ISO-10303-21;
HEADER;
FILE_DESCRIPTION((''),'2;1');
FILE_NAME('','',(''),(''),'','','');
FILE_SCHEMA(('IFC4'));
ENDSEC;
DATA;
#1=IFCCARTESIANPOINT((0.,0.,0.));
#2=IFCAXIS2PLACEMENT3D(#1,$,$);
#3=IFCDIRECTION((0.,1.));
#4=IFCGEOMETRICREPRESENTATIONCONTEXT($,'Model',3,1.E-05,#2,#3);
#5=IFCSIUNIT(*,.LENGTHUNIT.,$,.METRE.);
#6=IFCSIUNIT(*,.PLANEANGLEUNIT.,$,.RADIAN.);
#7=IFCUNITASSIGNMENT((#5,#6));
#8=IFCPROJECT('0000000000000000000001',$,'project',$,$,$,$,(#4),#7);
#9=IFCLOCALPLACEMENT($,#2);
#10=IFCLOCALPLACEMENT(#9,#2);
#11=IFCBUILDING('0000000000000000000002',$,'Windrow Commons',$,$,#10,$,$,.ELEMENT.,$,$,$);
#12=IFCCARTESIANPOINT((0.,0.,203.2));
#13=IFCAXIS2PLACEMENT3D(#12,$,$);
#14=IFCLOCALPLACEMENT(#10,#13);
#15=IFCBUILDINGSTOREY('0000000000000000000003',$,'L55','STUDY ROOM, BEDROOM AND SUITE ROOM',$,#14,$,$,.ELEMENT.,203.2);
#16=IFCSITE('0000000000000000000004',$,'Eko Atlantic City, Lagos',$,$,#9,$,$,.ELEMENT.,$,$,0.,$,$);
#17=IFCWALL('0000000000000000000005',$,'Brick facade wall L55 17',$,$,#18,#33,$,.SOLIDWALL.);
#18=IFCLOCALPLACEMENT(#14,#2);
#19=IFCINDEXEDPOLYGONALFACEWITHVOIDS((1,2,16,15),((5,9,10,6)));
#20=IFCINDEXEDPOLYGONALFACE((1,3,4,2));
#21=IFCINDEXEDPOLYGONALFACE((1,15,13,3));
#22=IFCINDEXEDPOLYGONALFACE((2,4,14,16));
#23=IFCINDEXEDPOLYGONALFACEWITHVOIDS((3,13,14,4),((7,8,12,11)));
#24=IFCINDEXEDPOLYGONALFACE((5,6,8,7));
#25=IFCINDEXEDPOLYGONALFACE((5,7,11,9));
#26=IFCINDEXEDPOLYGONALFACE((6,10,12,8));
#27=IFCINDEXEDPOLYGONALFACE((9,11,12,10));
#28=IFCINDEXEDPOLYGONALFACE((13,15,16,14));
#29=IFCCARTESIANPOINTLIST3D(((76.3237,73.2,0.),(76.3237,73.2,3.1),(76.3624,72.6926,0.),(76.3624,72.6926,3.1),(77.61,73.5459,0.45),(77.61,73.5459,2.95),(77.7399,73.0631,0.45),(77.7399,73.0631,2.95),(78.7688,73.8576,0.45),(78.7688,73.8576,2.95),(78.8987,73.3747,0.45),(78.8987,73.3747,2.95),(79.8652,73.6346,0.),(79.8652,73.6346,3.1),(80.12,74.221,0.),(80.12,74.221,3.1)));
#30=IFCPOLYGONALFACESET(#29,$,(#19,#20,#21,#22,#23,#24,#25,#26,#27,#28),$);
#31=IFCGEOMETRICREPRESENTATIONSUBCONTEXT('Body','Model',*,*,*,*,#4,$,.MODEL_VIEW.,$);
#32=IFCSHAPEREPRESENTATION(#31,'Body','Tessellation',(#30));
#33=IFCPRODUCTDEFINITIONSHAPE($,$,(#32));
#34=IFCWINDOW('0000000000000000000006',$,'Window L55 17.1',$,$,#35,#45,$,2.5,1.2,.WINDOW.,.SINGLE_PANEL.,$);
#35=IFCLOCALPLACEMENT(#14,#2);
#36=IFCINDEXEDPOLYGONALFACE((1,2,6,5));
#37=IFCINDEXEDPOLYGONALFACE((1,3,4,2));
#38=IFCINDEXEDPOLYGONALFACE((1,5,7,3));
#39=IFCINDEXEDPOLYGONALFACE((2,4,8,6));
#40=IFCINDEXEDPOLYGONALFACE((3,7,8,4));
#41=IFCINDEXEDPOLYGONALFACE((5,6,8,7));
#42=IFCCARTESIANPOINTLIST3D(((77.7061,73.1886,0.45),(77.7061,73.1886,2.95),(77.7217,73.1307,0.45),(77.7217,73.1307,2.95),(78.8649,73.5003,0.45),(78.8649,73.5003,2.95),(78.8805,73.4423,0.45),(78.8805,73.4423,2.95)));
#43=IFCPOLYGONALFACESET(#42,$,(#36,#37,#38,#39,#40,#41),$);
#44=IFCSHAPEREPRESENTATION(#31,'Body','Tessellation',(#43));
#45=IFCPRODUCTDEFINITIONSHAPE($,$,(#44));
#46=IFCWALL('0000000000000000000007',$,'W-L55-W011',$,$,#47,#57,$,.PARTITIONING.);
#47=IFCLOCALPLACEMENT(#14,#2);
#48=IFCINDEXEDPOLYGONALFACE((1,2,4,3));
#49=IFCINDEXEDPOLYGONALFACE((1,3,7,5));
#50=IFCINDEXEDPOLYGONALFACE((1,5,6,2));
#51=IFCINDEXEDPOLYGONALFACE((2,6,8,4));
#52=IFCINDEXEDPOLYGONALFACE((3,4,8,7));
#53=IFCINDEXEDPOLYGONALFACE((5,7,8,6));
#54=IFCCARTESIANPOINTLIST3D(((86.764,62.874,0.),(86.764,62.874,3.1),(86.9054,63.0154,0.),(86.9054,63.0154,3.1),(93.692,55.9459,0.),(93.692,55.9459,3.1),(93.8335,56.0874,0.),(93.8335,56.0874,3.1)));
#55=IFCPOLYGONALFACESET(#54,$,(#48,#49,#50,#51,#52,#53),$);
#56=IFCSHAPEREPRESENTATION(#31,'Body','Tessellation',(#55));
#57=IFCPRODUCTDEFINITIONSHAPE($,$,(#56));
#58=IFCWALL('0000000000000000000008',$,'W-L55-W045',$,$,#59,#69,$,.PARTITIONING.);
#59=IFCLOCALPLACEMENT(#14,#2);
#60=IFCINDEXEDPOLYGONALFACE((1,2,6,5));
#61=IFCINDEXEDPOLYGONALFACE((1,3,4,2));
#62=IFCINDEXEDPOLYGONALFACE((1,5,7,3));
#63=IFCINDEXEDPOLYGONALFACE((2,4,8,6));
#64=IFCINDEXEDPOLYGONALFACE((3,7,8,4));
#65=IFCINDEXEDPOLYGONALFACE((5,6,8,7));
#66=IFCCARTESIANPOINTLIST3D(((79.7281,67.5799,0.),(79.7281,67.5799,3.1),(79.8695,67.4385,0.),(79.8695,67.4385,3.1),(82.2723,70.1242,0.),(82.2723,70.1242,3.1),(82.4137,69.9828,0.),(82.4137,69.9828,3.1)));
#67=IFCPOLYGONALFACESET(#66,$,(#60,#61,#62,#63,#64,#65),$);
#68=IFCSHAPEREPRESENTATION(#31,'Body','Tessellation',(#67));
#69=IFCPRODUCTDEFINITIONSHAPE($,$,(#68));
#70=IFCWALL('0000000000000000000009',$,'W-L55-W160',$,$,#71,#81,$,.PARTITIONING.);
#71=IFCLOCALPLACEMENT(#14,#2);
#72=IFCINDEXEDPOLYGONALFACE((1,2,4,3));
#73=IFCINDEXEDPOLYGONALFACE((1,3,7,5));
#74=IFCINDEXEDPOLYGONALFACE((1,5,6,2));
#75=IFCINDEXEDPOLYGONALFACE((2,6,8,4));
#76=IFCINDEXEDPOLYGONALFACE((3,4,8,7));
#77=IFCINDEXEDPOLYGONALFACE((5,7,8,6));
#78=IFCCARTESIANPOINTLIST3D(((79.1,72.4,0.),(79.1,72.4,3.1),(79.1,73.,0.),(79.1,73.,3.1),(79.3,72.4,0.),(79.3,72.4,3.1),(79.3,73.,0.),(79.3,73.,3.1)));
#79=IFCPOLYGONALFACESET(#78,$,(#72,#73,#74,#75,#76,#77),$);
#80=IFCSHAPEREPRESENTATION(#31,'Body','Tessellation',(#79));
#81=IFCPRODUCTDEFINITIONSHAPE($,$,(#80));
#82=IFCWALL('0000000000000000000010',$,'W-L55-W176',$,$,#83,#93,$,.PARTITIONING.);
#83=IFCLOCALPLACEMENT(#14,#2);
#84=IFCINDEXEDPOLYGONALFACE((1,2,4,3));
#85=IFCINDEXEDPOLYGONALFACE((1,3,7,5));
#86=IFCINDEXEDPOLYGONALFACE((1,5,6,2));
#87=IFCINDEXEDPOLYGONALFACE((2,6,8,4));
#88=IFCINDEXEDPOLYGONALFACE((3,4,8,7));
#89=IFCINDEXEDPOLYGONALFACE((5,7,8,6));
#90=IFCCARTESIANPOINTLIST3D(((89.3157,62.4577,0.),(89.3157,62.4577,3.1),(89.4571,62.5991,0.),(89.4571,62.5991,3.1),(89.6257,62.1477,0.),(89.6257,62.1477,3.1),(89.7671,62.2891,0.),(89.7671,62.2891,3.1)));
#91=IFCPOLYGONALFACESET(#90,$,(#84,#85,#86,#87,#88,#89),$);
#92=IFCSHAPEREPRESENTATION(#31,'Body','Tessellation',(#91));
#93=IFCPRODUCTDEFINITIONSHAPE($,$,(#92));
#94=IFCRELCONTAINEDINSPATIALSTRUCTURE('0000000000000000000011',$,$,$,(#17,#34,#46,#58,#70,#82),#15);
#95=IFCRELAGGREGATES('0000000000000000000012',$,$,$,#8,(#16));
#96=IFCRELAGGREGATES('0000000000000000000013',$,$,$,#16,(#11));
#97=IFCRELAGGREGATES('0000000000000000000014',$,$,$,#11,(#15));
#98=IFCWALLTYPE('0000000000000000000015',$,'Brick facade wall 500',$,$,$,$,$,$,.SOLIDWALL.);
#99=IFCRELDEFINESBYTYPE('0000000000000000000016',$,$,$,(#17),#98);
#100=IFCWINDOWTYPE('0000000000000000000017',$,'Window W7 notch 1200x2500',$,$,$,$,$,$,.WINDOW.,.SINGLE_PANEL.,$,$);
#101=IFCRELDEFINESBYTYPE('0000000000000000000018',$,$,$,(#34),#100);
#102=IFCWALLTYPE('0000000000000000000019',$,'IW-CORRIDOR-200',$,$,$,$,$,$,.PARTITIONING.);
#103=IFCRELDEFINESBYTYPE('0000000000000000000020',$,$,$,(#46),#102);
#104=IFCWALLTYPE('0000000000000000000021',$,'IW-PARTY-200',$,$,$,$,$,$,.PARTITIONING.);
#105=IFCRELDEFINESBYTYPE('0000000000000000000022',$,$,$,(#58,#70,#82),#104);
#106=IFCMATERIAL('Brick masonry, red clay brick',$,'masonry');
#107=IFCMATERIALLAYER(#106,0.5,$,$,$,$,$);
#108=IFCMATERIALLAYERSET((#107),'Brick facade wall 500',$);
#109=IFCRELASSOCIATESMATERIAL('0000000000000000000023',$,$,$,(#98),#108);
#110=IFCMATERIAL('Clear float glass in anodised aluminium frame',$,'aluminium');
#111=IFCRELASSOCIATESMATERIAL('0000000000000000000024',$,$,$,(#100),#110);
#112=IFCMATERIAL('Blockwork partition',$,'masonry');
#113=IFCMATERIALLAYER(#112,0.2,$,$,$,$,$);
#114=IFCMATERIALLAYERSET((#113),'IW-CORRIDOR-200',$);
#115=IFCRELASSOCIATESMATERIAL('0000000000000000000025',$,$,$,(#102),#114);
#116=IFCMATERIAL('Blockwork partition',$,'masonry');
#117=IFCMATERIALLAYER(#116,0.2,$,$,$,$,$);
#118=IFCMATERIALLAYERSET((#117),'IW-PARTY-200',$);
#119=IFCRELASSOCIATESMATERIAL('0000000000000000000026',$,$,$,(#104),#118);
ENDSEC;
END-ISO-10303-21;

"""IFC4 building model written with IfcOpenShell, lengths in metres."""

from ifc_helpers import new_model, si_unit, direction, frame, frame_2d, origin, place, context, subcontext, project, spatial, polyline, rectangle, outline, extrude, material, layer, layer_set, type_object, element, fill, save


model = new_model("IFC4")

# Units and contexts
model_context = context("Model", 3, precision=1e-05, world=origin(), true_north=direction((0.0, 1.0)))
body_context = subcontext(model_context, "Body", "Model", "MODEL_VIEW")
ifc_project = project(units=[si_unit("LENGTHUNIT", "METRE"), si_unit("PLANEANGLEUNIT", "RADIAN")], contexts=[model_context])

# Site, building, storey
site_placement = place(None, origin())
site = spatial("IfcSite", under=ifc_project, at=site_placement, Name="Eko Atlantic City, Lagos", CompositionType="ELEMENT", RefElevation=0.0)
building_placement = place(site_placement, origin())
building = spatial("IfcBuilding", under=site, at=building_placement, Name="Windrow Commons", CompositionType="ELEMENT")
storey_placement = place(building_placement, frame((0.0, 0.0, 203.2)))
storey = spatial("IfcBuildingStorey", under=building, at=storey_placement, Name="L55", Description="STUDY ROOM, BEDROOM AND SUITE ROOM", CompositionType="ELEMENT", Elevation=203.2)

# Wall, opening, window
ifc_material_1 = material(Name="Brick masonry, red clay brick", Category="masonry")
ifc_layer_1 = layer(ifc_material_1, 0.5)
ifc_layer_set_1 = layer_set([ifc_layer_1], Name="Brick facade wall 500")
wall_type_1 = type_object("IfcWallType", Name="Brick facade wall 500", PredefinedType="SOLIDWALL", material=ifc_layer_set_1)
ifc_material_2 = material(Name="Clear float glass in anodised aluminium frame", Category="aluminium")
window_type = type_object("IfcWindowType", Name="Window W7 notch 1200x2500", PartitioningType="SINGLE_PANEL", PredefinedType="WINDOW", material=ifc_material_2)
wall_1_placement = place(storey_placement, frame((79.9926, 73.9278, 0.0), z_axis=(0.0, 0.0, 1.0), x_axis=(-0.965686, -0.259713, 0.0)))
wall_1 = element("IfcWall", 1, at=wall_1_placement, inside=storey, type_object=wall_type_1, Name="Brick facade wall L55 17", PredefinedType="SOLIDWALL", context=body_context, shape_type="SweptSolid", body=[
    extrude(outline(polyline([(-0.1992, -0.25), (3.732, -0.25), (3.8264, 0.25), (0.1992, 0.25), (-0.1992, -0.25)])), origin(), (0.0, 0.0, 1.0), 3.1),
])
opening_1_placement = place(wall_1_placement, frame((1.2, 0.0, 0.45)))
opening_1 = element("IfcOpeningElement", 2, at=opening_1_placement, cuts=wall_1, PredefinedType="OPENING", context=body_context, shape_type="SweptSolid", body=[
    extrude(rectangle(XDim=1.2, YDim=2.5, at=frame_2d((0.6, 1.25))), frame((0.0, 0.26, 0.0), z_axis=(0.0, -1.0, 0.0), x_axis=(1.0, 0.0, 0.0)), (0.0, 0.0, 1.0), 0.52),
])
window_1_placement = place(opening_1_placement, origin())
window_1 = element("IfcWindow", 3, at=window_1_placement, inside=storey, type_object=window_type, Name="Window L55 17.1", OverallHeight=2.5, OverallWidth=1.2, PartitioningType="SINGLE_PANEL", PredefinedType="WINDOW", context=body_context, shape_type="SweptSolid", body=[
    extrude(rectangle(XDim=1.2, YDim=2.5, at=frame_2d((0.6, 1.25))), frame((0.0, 0.18, 0.0), z_axis=(0.0, -1.0, 0.0), x_axis=(1.0, 0.0, 0.0)), (0.0, 0.0, 1.0), 0.06),
])
fill(opening_1, window_1)

# Walls
ifc_material_3 = material(Name="Blockwork partition", Category="masonry")
ifc_layer_2 = layer(ifc_material_3, 0.2)
ifc_layer_set_2 = layer_set([ifc_layer_2], Name="IW-CORRIDOR-200")
wall_type_2 = type_object("IfcWallType", Name="IW-CORRIDOR-200", PredefinedType="PARTITIONING", material=ifc_layer_set_2)
wall_2_placement = place(storey_placement, frame((86.8347, 62.9447, 0.0), z_axis=(0.0, 0.0, 1.0), x_axis=(0.707107, -0.707107, 0.0)))
element("IfcWall", 4, at=wall_2_placement, inside=storey, type_object=wall_type_2, Name="W-L55-W011", PredefinedType="PARTITIONING", context=body_context, shape_type="SweptSolid", body=[
    extrude(rectangle(XDim=9.7977, YDim=0.2, at=frame_2d((4.8989, 0.0))), origin(), (0.0, 0.0, 1.0), 3.1),
])
ifc_material_4 = material(Name="Blockwork partition", Category="masonry")
ifc_layer_3 = layer(ifc_material_4, 0.2)
ifc_layer_set_3 = layer_set([ifc_layer_3], Name="IW-PARTY-200")
wall_type_3 = type_object("IfcWallType", Name="IW-PARTY-200", PredefinedType="PARTITIONING", material=ifc_layer_set_3)
wall_3_placement = place(storey_placement, frame((79.7988, 67.5092, 0.0), z_axis=(0.0, 0.0, 1.0), x_axis=(0.707093, 0.707121, 0.0)))
element("IfcWall", 5, at=wall_3_placement, inside=storey, type_object=wall_type_3, Name="W-L55-W045", PredefinedType="PARTITIONING", context=body_context, shape_type="SweptSolid", body=[
    extrude(rectangle(XDim=3.5981, YDim=0.2, at=frame_2d((1.7991, 0.0))), origin(), (0.0, 0.0, 1.0), 3.1),
])
wall_4_placement = place(storey_placement, frame((79.2, 72.4, 0.0), z_axis=(0.0, 0.0, 1.0), x_axis=(0.0, 1.0, 0.0)))
element("IfcWall", 6, at=wall_4_placement, inside=storey, type_object=wall_type_3, Name="W-L55-W160", PredefinedType="PARTITIONING", context=body_context, shape_type="SweptSolid", body=[
    extrude(rectangle(XDim=0.6, YDim=0.2, at=frame_2d((0.3, 0.0))), origin(), (0.0, 0.0, 1.0), 3.1),
])
wall_5_placement = place(storey_placement, frame((89.3864, 62.5284, 0.0), z_axis=(0.0, 0.0, 1.0), x_axis=(0.707107, -0.707107, 0.0)))
element("IfcWall", 7, at=wall_5_placement, inside=storey, type_object=wall_type_3, Name="W-L55-W176", PredefinedType="PARTITIONING", context=body_context, shape_type="SweptSolid", body=[
    extrude(rectangle(XDim=0.4384, YDim=0.2, at=frame_2d((0.2192, 0.0))), origin(), (0.0, 0.0, 1.0), 3.1),
])

save(model, "model.ifc")
